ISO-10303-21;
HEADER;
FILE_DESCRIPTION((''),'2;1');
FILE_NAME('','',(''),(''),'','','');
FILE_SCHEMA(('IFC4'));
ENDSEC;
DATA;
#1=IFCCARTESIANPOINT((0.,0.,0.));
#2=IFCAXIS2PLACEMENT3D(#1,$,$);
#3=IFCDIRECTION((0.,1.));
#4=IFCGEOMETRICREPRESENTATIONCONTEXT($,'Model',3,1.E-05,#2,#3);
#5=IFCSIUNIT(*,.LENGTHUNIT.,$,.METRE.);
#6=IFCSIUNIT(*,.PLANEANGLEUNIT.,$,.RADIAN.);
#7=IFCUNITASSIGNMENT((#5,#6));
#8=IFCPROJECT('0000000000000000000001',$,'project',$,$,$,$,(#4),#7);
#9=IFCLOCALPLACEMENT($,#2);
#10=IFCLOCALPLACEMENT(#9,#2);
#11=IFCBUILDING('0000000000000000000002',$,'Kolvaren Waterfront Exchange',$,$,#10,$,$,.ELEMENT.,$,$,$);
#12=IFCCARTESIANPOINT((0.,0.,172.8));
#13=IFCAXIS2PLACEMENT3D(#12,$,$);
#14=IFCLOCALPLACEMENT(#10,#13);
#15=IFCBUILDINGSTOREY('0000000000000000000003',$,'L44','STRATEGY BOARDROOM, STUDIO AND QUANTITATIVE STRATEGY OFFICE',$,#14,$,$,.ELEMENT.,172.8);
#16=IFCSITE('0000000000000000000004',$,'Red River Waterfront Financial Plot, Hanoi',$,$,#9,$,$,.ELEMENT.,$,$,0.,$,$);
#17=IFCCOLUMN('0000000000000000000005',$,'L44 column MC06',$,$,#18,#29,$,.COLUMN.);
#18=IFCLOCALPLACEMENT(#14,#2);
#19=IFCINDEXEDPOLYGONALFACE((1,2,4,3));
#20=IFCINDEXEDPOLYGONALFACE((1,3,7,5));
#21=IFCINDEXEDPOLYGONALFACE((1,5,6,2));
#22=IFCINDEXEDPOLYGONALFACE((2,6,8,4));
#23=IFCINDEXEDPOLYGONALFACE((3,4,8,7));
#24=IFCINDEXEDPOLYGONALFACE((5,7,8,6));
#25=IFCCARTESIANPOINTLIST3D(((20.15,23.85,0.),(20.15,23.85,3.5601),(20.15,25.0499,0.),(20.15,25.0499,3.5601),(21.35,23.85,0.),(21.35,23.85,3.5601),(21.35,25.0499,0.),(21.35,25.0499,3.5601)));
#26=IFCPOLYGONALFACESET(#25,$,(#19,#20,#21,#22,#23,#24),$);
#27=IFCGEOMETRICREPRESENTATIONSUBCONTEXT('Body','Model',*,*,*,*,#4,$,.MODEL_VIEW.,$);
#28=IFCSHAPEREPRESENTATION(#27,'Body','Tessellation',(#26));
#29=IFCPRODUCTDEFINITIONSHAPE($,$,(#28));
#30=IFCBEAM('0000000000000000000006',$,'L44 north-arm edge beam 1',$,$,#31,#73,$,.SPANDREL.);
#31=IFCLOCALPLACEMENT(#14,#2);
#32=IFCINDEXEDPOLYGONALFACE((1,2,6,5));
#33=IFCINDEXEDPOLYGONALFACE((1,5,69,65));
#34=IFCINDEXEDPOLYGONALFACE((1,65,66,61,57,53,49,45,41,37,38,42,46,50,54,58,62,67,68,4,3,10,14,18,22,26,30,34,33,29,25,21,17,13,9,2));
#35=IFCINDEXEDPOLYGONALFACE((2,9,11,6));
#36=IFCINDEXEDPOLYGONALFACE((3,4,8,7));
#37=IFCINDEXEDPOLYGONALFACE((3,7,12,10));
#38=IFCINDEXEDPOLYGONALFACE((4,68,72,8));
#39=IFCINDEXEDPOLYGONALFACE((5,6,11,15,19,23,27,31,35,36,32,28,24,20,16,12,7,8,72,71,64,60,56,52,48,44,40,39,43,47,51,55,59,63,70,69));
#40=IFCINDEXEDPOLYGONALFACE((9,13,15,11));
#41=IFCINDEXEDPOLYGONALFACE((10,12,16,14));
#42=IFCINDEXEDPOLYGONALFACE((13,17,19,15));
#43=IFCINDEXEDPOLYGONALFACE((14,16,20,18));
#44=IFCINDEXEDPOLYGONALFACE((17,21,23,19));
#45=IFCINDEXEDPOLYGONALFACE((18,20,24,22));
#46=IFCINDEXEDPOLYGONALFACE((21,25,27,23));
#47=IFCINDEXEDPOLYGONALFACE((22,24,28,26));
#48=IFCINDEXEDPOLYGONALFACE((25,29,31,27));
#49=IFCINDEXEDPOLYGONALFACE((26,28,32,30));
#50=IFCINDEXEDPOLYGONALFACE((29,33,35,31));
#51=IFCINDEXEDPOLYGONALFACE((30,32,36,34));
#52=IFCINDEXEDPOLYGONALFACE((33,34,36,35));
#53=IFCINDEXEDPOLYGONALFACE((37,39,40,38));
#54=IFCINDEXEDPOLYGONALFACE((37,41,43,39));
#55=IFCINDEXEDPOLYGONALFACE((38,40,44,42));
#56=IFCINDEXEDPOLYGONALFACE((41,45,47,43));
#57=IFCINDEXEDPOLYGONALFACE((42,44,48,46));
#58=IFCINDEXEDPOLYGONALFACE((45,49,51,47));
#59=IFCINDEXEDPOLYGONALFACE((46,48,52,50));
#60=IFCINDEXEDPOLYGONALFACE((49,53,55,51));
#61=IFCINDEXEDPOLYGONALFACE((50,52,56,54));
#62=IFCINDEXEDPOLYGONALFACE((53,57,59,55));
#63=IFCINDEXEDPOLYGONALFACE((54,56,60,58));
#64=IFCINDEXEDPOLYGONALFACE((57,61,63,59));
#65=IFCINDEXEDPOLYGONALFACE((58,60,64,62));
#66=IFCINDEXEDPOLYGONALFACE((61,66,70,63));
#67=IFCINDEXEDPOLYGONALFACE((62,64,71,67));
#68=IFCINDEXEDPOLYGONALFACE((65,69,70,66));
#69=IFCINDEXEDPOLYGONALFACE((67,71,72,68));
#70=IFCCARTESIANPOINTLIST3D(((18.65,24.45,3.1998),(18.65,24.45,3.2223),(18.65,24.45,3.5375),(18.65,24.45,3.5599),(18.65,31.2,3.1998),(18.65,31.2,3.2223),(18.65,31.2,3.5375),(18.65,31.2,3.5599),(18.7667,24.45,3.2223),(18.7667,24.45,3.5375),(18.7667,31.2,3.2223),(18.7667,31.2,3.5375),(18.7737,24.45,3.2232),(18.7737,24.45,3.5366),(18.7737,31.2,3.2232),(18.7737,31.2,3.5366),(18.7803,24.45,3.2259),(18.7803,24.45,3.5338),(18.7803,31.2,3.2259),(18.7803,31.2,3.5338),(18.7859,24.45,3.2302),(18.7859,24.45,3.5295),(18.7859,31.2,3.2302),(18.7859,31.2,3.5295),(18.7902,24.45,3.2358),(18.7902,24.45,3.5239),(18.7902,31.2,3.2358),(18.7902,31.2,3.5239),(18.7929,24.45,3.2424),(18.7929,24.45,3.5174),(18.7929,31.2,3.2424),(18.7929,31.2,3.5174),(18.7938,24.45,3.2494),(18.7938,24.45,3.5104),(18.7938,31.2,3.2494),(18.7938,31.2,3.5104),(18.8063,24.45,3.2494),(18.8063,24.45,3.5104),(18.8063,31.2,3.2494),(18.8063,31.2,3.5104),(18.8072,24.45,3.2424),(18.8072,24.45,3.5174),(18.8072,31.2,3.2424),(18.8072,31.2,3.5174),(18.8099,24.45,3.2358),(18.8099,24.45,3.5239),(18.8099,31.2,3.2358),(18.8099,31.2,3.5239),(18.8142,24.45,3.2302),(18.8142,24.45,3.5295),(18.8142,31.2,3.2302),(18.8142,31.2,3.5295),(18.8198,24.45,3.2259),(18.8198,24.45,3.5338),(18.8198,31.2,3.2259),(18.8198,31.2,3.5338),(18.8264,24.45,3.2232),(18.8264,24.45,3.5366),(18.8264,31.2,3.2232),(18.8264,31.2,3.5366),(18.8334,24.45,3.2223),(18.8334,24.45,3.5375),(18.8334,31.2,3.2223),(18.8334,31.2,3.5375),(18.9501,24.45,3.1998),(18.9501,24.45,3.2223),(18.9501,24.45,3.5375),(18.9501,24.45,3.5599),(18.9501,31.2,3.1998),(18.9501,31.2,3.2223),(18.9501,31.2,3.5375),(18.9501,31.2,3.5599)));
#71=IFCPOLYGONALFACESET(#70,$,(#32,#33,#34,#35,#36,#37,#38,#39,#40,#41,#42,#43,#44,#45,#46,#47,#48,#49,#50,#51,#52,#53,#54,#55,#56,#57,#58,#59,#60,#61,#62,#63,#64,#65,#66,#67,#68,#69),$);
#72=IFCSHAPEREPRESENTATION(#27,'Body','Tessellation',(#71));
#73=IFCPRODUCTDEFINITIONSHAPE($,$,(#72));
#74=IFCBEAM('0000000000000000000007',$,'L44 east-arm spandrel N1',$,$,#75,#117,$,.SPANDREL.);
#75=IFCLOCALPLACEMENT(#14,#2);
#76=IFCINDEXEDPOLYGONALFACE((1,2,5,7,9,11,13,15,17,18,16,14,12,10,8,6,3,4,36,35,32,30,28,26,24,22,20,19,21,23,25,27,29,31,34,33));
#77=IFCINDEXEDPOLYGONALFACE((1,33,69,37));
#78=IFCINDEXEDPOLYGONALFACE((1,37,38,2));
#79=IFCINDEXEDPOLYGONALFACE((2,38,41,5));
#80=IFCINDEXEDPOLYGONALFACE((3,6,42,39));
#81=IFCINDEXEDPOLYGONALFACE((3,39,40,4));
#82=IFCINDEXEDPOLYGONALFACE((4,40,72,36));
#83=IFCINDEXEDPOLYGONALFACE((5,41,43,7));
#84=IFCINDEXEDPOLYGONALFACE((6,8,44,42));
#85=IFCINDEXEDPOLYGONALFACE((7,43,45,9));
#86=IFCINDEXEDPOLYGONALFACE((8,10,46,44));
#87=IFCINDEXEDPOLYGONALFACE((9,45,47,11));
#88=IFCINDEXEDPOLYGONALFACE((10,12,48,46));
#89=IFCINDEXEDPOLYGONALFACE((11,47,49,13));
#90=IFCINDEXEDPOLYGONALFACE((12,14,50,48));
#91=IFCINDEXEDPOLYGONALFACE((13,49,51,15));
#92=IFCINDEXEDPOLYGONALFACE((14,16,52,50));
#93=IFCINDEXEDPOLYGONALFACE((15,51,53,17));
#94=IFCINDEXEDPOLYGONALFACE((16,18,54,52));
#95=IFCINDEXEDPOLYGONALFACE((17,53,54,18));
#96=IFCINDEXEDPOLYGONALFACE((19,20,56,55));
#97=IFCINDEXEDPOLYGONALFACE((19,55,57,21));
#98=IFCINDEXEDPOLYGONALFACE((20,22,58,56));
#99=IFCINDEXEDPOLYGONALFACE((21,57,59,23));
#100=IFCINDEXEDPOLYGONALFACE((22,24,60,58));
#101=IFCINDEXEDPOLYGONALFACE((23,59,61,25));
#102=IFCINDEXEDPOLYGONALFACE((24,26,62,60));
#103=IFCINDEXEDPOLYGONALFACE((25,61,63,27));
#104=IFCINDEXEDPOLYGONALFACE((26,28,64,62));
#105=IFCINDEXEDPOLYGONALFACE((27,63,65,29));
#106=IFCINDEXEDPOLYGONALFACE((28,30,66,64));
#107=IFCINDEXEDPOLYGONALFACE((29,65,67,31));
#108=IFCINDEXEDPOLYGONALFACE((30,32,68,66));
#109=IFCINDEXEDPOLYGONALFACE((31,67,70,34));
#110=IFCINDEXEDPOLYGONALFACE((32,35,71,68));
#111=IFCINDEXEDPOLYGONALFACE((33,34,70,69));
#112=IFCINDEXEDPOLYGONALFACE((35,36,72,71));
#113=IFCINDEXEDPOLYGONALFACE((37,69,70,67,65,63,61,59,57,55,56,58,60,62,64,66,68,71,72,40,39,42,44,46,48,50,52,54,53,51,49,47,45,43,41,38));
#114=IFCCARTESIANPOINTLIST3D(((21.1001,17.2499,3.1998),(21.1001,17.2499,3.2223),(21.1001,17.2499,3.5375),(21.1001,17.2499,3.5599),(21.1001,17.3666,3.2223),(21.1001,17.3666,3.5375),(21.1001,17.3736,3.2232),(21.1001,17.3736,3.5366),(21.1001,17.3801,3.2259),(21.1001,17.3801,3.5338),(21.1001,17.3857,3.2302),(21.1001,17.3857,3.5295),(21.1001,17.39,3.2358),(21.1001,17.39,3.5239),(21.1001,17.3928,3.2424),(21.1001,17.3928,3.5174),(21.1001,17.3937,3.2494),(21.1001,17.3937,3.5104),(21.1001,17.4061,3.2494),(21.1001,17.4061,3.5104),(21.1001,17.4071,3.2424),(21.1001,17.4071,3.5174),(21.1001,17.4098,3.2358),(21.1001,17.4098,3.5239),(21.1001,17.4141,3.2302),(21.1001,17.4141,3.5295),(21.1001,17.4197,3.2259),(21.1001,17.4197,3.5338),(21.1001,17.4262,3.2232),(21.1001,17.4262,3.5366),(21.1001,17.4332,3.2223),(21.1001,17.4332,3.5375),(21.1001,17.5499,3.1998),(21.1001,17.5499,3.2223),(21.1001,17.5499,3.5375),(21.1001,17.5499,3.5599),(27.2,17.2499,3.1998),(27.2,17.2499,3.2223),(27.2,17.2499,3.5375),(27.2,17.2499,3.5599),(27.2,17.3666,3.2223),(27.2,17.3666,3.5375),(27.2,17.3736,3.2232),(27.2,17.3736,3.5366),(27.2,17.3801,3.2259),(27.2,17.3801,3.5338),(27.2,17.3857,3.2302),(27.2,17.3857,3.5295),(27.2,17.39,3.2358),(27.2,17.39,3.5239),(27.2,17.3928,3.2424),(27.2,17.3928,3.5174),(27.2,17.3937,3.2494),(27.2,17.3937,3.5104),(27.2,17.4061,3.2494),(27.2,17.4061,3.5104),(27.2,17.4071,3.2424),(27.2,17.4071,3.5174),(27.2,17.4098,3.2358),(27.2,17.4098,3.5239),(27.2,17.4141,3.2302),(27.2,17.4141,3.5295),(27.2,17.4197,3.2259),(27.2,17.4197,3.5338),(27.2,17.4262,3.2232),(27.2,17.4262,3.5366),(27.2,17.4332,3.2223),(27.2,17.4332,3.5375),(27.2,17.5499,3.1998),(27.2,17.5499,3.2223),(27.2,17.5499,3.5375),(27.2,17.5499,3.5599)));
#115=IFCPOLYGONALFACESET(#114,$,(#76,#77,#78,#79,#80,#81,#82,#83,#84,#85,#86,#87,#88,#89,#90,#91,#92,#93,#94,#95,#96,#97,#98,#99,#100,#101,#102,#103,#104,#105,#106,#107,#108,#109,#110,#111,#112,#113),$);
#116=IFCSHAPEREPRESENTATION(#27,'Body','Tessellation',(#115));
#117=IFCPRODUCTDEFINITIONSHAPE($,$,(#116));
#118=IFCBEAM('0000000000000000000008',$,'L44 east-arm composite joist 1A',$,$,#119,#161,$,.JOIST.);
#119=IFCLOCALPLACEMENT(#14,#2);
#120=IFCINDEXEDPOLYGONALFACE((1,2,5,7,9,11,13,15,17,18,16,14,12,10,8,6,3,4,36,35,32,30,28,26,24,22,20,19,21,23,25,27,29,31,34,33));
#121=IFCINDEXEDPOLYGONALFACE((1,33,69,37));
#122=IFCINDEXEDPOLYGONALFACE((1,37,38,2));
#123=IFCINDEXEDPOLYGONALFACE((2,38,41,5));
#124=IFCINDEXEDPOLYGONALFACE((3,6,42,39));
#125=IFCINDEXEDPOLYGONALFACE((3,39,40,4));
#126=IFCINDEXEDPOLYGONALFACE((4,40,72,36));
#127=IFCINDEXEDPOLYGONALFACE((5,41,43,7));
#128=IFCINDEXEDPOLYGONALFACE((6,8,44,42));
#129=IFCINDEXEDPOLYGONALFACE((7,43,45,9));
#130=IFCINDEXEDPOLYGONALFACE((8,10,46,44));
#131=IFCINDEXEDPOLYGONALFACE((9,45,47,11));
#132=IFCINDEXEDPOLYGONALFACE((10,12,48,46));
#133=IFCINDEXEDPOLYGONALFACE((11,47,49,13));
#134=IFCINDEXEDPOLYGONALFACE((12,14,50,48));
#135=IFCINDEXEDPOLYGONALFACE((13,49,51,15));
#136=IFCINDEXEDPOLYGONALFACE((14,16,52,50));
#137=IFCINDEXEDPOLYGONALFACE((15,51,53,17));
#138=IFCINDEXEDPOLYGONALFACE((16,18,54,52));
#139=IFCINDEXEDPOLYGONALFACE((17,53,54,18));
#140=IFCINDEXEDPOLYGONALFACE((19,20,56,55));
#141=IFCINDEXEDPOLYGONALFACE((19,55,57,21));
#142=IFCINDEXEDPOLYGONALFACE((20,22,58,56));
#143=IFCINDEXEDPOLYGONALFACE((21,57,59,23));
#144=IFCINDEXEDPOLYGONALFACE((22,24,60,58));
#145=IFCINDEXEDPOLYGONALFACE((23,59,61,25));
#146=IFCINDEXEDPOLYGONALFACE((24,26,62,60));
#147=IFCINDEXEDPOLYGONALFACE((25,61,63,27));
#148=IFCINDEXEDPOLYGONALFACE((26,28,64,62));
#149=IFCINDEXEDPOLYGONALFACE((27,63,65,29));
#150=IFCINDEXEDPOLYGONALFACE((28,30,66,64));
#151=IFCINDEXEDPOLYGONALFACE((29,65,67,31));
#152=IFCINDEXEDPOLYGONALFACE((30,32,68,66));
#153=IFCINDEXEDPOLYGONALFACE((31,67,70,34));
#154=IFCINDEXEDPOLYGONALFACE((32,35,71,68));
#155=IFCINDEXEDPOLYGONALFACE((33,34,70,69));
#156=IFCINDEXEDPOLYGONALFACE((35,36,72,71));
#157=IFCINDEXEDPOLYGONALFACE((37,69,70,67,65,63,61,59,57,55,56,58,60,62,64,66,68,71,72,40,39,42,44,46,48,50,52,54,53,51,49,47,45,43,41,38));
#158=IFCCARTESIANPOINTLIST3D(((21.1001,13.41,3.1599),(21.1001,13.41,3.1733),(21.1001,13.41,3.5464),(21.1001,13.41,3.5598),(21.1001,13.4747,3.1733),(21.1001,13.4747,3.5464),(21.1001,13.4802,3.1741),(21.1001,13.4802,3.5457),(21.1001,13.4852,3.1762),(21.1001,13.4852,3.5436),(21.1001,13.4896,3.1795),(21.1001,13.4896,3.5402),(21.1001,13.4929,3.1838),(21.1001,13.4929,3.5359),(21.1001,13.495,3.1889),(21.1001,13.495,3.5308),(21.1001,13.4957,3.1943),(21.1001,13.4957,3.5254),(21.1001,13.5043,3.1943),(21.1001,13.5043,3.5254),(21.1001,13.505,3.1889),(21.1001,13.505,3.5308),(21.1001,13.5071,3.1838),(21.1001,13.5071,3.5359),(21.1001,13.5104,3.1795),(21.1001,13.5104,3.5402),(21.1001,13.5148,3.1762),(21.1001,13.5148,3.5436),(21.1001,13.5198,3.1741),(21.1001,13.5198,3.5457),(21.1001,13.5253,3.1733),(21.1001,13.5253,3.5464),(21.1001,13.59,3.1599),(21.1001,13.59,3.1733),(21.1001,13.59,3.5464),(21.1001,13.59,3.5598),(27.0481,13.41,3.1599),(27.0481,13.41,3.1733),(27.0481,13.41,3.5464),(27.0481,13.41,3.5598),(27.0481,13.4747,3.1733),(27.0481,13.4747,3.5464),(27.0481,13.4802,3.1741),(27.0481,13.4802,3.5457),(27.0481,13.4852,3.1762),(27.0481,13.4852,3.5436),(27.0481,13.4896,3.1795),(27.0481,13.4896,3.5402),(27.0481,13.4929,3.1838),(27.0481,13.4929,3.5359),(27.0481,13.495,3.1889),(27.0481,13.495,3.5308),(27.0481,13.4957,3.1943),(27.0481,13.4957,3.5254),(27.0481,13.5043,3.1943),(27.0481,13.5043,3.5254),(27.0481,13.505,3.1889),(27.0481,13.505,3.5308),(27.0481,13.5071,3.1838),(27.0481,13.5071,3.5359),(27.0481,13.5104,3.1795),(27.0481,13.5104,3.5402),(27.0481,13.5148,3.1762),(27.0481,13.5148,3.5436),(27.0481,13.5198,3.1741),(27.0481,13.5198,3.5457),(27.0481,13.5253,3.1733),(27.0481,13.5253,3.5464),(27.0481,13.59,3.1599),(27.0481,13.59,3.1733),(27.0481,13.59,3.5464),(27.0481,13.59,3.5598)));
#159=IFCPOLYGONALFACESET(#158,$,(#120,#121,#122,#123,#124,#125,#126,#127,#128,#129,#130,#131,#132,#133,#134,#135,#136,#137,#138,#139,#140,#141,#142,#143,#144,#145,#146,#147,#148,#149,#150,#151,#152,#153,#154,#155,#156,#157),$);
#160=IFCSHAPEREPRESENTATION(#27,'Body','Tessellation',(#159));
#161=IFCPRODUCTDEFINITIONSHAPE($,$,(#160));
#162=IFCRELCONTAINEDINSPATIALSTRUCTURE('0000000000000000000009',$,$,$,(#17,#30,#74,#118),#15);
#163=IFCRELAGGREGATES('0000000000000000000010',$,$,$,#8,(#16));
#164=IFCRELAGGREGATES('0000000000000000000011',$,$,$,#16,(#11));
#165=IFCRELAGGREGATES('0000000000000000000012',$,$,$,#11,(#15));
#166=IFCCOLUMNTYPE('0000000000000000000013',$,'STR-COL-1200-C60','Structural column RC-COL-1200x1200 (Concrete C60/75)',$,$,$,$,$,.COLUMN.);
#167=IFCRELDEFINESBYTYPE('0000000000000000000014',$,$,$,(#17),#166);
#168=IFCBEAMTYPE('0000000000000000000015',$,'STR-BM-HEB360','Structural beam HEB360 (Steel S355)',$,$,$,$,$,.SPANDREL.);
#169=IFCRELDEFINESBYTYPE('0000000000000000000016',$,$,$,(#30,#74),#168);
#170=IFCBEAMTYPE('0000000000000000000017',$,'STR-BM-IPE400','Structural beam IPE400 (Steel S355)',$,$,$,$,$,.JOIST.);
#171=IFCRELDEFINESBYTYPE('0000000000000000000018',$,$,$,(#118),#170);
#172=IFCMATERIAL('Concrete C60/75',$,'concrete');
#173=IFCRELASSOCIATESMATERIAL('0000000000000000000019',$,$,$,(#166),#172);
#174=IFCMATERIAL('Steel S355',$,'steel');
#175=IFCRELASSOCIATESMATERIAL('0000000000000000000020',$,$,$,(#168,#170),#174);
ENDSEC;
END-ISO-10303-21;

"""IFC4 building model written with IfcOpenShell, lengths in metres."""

from ifc_helpers import new_model, si_unit, direction, frame, origin, origin_2d, place, context, subcontext, project, spatial, rectangle, i_section, extrude, material, material_profile, profile_set, type_object, element, save


model = new_model("IFC4")

# Units and contexts
model_context = context("Model", 3, precision=1e-05, world=origin(), true_north=direction((0.0, 1.0)))
body_context = subcontext(model_context, "Body", "Model", "MODEL_VIEW")
ifc_project = project(units=[si_unit("LENGTHUNIT", "METRE"), si_unit("PLANEANGLEUNIT", "RADIAN")], contexts=[model_context])

# Site, building, storey
site_placement = place(None, origin())
site = spatial("IfcSite", under=ifc_project, at=site_placement, Name="Red River Waterfront Financial Plot, Hanoi", CompositionType="ELEMENT", RefElevation=0.0)
building_placement = place(site_placement, origin())
building = spatial("IfcBuilding", under=site, at=building_placement, Name="Kolvaren Waterfront Exchange", CompositionType="ELEMENT")
storey_placement = place(building_placement, frame((0.0, 0.0, 172.8)))
storey = spatial("IfcBuildingStorey", under=building, at=storey_placement, Name="L44", Description="STRATEGY BOARDROOM, STUDIO AND QUANTITATIVE STRATEGY OFFICE", CompositionType="ELEMENT", Elevation=172.8)

# Column
ifc_material_1 = material(Name="Concrete C60/75", Category="concrete")
ifc_material_profile_1 = material_profile(ifc_material_1, rectangle(XDim=1.2, YDim=1.2, at=origin_2d()), Name="RC-COL-1200x1200")
ifc_profile_set_1 = profile_set([ifc_material_profile_1], Name="Concrete C60/75")
column_type = type_object("IfcColumnType", Name="STR-COL-1200-C60", Description="Structural column RC-COL-1200x1200 (Concrete C60/75)", PredefinedType="COLUMN", material=ifc_profile_set_1)
column_placement = place(storey_placement, frame((20.75, 24.45, 0.0), z_axis=(0.0, 0.0, 1.0), x_axis=(1.0, 0.0, 0.0)))
element("IfcColumn", 1, at=column_placement, inside=storey, type_object=column_type, Name="L44 column MC06", PredefinedType="COLUMN", context=body_context, shape_type="SweptSolid", body=[
    extrude(rectangle(XDim=1.2, YDim=1.2, at=origin_2d()), origin(), (0.0, 0.0, 1.0), 3.5601),
])

# Beams
ifc_material_2 = material(Name="Steel S355", Category="steel")
ifc_material_profile_2 = material_profile(ifc_material_2, i_section(OverallWidth=0.3, OverallDepth=0.3601, WebThickness=0.0125, FlangeThickness=0.0225, FilletRadius=0.0271, at=origin_2d()), Name="HEB360")
ifc_profile_set_2 = profile_set([ifc_material_profile_2], Name="Steel S355")
beam_type_1 = type_object("IfcBeamType", Name="STR-BM-HEB360", Description="Structural beam HEB360 (Steel S355)", PredefinedType="SPANDREL", material=ifc_profile_set_2)
beam_1_placement = place(storey_placement, frame((18.8, 24.45, 3.3799), z_axis=(0.0, 1.0, 0.0), x_axis=(-1.0, 0.0, 0.0)))
element("IfcBeam", 2, at=beam_1_placement, inside=storey, type_object=beam_type_1, Name="L44 north-arm edge beam 1", PredefinedType="SPANDREL", context=body_context, shape_type="SweptSolid", body=[
    extrude(i_section(OverallWidth=0.3, OverallDepth=0.3601, WebThickness=0.0125, FlangeThickness=0.0225, FilletRadius=0.0271, at=origin_2d()), origin(), (0.0, 0.0, 1.0), 6.75),
])
beam_2_placement = place(storey_placement, frame((21.1001, 17.3999, 3.3799), z_axis=(1.0, 0.0, 0.0), x_axis=(0.0, 1.0, 0.0)))
element("IfcBeam", 3, at=beam_2_placement, inside=storey, type_object=beam_type_1, Name="L44 east-arm spandrel N1", PredefinedType="SPANDREL", context=body_context, shape_type="SweptSolid", body=[
    extrude(i_section(OverallWidth=0.3, OverallDepth=0.3601, WebThickness=0.0125, FlangeThickness=0.0225, FilletRadius=0.0271, at=origin_2d()), origin(), (0.0, 0.0, 1.0), 6.0999),
])
ifc_material_profile_3 = material_profile(ifc_material_2, i_section(OverallWidth=0.1799, OverallDepth=0.3999, WebThickness=0.0085, FlangeThickness=0.0134, FilletRadius=0.021, at=origin_2d()), Name="IPE400")
ifc_profile_set_3 = profile_set([ifc_material_profile_3], Name="Steel S355")
beam_type_2 = type_object("IfcBeamType", Name="STR-BM-IPE400", Description="Structural beam IPE400 (Steel S355)", PredefinedType="JOIST", material=ifc_profile_set_3)
for number, where, z_axis, x_axis, name in (
    (4, (21.1001, 13.5, 3.3599), (1.0, 0.0, 0.0), (0.0, 1.0, 0.0), "L44 east-arm composite joist 1A"),
):
    element("IfcBeam", number, at=place(storey_placement, frame(where, z_axis=z_axis, x_axis=x_axis)), inside=storey, type_object=beam_type_2, Name=name, PredefinedType="JOIST", context=body_context, shape_type="SweptSolid", body=[
        extrude(i_section(OverallWidth=0.1799, OverallDepth=0.3999, WebThickness=0.0085, FlangeThickness=0.0134, FilletRadius=0.021, at=origin_2d()), origin(), (0.0, 0.0, 1.0), 5.948),
    ])

save(model, "model.ifc")
